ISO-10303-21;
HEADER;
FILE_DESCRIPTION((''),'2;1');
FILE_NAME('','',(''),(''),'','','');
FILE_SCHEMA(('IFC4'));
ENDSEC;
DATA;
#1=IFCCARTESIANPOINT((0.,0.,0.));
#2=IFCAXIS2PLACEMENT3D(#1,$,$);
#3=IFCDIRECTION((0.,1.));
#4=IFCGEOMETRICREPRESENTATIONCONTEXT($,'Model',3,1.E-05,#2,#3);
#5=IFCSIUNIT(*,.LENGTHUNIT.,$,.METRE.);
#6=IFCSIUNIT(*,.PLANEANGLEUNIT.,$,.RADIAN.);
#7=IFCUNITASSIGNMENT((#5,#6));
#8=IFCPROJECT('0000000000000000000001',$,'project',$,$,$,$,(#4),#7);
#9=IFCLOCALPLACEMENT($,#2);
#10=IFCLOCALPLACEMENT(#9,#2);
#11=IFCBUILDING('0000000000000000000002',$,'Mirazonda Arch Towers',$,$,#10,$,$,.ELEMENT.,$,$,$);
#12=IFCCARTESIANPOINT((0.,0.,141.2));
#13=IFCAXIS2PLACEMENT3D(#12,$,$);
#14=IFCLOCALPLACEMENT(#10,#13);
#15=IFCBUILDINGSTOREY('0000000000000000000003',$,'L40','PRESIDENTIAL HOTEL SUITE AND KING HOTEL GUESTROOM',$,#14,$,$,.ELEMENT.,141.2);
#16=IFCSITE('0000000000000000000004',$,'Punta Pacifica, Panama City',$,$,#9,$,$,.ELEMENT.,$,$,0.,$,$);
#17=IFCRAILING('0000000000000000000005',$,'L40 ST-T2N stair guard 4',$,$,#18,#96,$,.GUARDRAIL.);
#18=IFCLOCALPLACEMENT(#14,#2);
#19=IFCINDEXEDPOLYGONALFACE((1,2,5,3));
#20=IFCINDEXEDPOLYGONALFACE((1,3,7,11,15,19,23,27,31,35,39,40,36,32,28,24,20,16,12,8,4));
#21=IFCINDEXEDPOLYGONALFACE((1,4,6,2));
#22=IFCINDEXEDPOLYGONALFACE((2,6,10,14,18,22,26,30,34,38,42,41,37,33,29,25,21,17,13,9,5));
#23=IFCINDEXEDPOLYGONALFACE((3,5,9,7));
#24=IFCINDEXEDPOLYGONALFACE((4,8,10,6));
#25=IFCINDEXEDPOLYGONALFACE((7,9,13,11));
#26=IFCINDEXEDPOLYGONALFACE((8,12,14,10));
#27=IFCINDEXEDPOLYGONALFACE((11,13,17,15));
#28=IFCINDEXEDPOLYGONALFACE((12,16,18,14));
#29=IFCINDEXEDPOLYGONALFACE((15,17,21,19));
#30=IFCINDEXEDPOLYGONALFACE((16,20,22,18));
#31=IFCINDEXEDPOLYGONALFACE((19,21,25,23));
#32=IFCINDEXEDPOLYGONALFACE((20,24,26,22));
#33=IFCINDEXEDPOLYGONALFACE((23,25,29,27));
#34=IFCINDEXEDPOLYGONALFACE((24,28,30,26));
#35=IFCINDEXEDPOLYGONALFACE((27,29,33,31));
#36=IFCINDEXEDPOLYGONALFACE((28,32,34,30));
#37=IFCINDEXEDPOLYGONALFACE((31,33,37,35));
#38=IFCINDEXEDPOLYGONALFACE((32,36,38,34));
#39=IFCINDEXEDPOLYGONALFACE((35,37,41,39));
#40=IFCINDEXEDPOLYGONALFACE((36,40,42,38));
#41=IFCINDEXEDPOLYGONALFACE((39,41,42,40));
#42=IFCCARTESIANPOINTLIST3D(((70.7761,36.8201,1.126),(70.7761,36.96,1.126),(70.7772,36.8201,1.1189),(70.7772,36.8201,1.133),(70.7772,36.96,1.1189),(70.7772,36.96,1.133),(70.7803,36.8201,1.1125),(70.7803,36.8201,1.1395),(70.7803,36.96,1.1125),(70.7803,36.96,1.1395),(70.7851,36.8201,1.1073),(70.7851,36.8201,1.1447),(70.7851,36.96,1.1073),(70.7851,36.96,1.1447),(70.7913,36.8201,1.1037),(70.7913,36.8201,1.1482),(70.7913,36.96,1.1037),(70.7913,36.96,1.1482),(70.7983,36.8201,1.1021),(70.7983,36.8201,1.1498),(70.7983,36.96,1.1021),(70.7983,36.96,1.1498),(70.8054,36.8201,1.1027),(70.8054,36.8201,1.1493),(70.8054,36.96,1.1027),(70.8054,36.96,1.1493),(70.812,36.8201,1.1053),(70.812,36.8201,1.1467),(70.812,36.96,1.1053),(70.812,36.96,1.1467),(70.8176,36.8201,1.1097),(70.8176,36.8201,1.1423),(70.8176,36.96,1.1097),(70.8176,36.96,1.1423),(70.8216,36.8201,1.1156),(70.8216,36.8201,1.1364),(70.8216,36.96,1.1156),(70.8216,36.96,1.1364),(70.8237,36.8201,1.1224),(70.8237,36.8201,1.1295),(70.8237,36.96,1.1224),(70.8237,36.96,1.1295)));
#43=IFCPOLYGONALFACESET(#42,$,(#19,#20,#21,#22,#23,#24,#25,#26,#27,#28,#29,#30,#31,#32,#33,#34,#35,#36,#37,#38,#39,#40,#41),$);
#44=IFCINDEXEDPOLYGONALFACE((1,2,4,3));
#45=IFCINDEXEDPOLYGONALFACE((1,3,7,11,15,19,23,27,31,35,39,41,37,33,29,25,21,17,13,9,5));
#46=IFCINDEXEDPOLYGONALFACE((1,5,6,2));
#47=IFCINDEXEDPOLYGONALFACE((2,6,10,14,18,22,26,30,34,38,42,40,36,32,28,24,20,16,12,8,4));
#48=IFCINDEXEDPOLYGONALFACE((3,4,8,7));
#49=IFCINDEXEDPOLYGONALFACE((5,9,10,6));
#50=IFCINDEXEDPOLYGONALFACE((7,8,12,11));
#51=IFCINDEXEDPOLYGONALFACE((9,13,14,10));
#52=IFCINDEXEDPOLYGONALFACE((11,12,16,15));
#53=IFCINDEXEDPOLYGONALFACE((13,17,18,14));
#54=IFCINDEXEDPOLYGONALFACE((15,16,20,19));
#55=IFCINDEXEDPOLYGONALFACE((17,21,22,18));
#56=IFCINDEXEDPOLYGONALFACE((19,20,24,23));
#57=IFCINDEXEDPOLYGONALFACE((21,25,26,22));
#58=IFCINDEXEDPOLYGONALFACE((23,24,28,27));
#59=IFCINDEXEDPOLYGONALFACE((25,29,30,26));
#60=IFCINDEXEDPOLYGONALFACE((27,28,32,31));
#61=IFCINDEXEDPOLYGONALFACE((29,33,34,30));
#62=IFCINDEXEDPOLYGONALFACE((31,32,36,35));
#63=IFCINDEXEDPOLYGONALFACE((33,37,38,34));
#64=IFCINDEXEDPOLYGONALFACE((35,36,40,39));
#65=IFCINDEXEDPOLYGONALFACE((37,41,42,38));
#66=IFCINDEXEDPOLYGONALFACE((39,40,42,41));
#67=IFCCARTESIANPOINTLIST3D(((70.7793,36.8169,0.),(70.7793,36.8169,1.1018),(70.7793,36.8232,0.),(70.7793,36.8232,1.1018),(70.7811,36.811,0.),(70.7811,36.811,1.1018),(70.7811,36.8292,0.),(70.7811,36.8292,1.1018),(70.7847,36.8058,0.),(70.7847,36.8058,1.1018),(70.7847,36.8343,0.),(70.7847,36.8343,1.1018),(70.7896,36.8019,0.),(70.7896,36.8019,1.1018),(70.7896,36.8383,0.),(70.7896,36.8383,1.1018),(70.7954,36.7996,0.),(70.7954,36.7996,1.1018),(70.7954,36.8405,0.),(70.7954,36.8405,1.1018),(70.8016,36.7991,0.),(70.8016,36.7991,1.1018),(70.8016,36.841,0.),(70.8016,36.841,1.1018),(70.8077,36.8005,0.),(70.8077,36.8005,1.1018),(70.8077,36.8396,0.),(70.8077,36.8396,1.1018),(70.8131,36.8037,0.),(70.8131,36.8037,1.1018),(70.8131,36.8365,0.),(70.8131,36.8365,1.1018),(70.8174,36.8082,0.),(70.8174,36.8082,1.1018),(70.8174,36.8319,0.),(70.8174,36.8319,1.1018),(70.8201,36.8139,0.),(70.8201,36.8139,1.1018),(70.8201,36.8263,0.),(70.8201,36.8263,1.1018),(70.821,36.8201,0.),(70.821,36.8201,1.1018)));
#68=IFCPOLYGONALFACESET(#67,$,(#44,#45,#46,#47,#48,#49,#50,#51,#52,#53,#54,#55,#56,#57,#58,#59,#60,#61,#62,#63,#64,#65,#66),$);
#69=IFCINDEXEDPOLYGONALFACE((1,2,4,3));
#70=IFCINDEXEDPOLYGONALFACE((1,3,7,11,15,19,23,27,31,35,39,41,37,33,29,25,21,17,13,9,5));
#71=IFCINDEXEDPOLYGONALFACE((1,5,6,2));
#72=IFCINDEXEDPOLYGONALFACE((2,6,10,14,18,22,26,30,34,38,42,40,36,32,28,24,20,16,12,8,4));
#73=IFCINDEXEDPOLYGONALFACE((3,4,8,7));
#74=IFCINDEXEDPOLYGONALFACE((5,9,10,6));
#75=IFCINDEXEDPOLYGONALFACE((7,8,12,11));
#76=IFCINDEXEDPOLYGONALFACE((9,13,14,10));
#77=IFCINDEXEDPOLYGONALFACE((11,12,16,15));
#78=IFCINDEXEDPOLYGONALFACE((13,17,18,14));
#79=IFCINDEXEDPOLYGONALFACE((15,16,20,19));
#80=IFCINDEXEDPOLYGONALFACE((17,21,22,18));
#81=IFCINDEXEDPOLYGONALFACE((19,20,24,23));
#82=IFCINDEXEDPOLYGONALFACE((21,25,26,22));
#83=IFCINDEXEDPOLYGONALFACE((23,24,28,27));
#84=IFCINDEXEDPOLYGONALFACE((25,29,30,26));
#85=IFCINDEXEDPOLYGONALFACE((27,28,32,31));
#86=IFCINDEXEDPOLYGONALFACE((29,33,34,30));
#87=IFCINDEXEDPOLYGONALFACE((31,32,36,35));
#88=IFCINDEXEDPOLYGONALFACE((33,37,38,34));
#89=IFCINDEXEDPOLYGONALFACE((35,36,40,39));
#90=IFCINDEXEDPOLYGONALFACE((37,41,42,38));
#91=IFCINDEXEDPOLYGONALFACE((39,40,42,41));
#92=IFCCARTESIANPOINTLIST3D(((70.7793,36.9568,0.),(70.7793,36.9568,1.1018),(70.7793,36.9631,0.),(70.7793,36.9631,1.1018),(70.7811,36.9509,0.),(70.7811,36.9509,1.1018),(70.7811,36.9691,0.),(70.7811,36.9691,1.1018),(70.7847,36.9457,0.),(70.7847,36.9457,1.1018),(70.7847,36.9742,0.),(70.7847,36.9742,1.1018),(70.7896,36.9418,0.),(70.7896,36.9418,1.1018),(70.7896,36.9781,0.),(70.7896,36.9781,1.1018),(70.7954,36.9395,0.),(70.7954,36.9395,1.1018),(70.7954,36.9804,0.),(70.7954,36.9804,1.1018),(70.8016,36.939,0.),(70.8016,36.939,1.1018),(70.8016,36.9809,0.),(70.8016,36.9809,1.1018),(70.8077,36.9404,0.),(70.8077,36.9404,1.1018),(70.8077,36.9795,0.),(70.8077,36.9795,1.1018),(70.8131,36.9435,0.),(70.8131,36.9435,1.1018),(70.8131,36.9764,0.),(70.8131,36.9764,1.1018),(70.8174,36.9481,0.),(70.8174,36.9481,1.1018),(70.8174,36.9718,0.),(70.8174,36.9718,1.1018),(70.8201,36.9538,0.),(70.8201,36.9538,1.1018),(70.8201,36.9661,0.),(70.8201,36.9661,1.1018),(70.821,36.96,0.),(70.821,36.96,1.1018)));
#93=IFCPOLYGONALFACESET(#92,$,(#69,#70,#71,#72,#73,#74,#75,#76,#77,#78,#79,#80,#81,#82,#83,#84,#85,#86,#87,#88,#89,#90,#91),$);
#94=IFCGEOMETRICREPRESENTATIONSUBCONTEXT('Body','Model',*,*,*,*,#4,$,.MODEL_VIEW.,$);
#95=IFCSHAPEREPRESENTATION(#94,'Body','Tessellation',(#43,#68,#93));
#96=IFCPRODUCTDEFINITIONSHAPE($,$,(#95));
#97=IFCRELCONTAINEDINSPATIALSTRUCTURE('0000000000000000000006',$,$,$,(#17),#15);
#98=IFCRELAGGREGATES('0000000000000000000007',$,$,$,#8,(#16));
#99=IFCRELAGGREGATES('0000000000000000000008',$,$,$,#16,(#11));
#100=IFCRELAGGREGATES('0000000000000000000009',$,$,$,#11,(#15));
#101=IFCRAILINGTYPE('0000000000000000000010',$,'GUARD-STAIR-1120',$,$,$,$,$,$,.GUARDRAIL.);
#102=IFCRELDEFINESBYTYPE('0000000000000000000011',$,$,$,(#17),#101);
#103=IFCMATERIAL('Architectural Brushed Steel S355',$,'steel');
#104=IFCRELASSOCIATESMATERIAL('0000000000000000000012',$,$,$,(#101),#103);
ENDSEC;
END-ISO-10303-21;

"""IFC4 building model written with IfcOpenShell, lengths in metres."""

from ifc_helpers import new_model, si_unit, direction, frame, origin, origin_2d, place, context, subcontext, project, spatial, circle, extrude, material, type_object, element, save


model = new_model("IFC4")

# Units and contexts
model_context = context("Model", 3, precision=1e-05, world=origin(), true_north=direction((0.0, 1.0)))
body_context = subcontext(model_context, "Body", "Model", "MODEL_VIEW")
ifc_project = project(units=[si_unit("LENGTHUNIT", "METRE"), si_unit("PLANEANGLEUNIT", "RADIAN")], contexts=[model_context])

# Site, building, storey
site_placement = place(None, origin())
site = spatial("IfcSite", under=ifc_project, at=site_placement, Name="Punta Pacifica, Panama City", CompositionType="ELEMENT", RefElevation=0.0)
building_placement = place(site_placement, origin())
building = spatial("IfcBuilding", under=site, at=building_placement, Name="Mirazonda Arch Towers", CompositionType="ELEMENT")
storey_placement = place(building_placement, frame((0.0, 0.0, 141.2)))
storey = spatial("IfcBuildingStorey", under=building, at=storey_placement, Name="L40", Description="PRESIDENTIAL HOTEL SUITE AND KING HOTEL GUESTROOM", CompositionType="ELEMENT", Elevation=141.2)

# Railing
ifc_material_1 = material(Name="Architectural Brushed Steel S355", Category="steel")
railing_type_1 = type_object("IfcRailingType", Name="GUARD-STAIR-1120", PredefinedType="GUARDRAIL", material=ifc_material_1)
railing_1_placement = place(storey_placement, frame((70.8, 36.8201, 0.0)))
element("IfcRailing", 1, at=railing_1_placement, inside=storey, type_object=railing_type_1, Name="L40 ST-T2N stair guard 4", PredefinedType="GUARDRAIL", context=body_context, shape_type="SweptSolid", body=[
    extrude(circle(Radius=0.0239, at=origin_2d()), frame((0.0, 0.0, 1.126), z_axis=(0.0, 1.0, 0.0), x_axis=(-1.0, 0.0, 0.0)), (0.0, 0.0, 1.0), 0.1399),
    extrude(circle(Radius=0.021, at=origin_2d()), origin(), (0.0, 0.0, 1.0), 1.1018),
    extrude(circle(Radius=0.021, at=origin_2d()), frame((0.0, 0.1399, 0.0)), (0.0, 0.0, 1.0), 1.1018),
])

save(model, "model.ifc")
